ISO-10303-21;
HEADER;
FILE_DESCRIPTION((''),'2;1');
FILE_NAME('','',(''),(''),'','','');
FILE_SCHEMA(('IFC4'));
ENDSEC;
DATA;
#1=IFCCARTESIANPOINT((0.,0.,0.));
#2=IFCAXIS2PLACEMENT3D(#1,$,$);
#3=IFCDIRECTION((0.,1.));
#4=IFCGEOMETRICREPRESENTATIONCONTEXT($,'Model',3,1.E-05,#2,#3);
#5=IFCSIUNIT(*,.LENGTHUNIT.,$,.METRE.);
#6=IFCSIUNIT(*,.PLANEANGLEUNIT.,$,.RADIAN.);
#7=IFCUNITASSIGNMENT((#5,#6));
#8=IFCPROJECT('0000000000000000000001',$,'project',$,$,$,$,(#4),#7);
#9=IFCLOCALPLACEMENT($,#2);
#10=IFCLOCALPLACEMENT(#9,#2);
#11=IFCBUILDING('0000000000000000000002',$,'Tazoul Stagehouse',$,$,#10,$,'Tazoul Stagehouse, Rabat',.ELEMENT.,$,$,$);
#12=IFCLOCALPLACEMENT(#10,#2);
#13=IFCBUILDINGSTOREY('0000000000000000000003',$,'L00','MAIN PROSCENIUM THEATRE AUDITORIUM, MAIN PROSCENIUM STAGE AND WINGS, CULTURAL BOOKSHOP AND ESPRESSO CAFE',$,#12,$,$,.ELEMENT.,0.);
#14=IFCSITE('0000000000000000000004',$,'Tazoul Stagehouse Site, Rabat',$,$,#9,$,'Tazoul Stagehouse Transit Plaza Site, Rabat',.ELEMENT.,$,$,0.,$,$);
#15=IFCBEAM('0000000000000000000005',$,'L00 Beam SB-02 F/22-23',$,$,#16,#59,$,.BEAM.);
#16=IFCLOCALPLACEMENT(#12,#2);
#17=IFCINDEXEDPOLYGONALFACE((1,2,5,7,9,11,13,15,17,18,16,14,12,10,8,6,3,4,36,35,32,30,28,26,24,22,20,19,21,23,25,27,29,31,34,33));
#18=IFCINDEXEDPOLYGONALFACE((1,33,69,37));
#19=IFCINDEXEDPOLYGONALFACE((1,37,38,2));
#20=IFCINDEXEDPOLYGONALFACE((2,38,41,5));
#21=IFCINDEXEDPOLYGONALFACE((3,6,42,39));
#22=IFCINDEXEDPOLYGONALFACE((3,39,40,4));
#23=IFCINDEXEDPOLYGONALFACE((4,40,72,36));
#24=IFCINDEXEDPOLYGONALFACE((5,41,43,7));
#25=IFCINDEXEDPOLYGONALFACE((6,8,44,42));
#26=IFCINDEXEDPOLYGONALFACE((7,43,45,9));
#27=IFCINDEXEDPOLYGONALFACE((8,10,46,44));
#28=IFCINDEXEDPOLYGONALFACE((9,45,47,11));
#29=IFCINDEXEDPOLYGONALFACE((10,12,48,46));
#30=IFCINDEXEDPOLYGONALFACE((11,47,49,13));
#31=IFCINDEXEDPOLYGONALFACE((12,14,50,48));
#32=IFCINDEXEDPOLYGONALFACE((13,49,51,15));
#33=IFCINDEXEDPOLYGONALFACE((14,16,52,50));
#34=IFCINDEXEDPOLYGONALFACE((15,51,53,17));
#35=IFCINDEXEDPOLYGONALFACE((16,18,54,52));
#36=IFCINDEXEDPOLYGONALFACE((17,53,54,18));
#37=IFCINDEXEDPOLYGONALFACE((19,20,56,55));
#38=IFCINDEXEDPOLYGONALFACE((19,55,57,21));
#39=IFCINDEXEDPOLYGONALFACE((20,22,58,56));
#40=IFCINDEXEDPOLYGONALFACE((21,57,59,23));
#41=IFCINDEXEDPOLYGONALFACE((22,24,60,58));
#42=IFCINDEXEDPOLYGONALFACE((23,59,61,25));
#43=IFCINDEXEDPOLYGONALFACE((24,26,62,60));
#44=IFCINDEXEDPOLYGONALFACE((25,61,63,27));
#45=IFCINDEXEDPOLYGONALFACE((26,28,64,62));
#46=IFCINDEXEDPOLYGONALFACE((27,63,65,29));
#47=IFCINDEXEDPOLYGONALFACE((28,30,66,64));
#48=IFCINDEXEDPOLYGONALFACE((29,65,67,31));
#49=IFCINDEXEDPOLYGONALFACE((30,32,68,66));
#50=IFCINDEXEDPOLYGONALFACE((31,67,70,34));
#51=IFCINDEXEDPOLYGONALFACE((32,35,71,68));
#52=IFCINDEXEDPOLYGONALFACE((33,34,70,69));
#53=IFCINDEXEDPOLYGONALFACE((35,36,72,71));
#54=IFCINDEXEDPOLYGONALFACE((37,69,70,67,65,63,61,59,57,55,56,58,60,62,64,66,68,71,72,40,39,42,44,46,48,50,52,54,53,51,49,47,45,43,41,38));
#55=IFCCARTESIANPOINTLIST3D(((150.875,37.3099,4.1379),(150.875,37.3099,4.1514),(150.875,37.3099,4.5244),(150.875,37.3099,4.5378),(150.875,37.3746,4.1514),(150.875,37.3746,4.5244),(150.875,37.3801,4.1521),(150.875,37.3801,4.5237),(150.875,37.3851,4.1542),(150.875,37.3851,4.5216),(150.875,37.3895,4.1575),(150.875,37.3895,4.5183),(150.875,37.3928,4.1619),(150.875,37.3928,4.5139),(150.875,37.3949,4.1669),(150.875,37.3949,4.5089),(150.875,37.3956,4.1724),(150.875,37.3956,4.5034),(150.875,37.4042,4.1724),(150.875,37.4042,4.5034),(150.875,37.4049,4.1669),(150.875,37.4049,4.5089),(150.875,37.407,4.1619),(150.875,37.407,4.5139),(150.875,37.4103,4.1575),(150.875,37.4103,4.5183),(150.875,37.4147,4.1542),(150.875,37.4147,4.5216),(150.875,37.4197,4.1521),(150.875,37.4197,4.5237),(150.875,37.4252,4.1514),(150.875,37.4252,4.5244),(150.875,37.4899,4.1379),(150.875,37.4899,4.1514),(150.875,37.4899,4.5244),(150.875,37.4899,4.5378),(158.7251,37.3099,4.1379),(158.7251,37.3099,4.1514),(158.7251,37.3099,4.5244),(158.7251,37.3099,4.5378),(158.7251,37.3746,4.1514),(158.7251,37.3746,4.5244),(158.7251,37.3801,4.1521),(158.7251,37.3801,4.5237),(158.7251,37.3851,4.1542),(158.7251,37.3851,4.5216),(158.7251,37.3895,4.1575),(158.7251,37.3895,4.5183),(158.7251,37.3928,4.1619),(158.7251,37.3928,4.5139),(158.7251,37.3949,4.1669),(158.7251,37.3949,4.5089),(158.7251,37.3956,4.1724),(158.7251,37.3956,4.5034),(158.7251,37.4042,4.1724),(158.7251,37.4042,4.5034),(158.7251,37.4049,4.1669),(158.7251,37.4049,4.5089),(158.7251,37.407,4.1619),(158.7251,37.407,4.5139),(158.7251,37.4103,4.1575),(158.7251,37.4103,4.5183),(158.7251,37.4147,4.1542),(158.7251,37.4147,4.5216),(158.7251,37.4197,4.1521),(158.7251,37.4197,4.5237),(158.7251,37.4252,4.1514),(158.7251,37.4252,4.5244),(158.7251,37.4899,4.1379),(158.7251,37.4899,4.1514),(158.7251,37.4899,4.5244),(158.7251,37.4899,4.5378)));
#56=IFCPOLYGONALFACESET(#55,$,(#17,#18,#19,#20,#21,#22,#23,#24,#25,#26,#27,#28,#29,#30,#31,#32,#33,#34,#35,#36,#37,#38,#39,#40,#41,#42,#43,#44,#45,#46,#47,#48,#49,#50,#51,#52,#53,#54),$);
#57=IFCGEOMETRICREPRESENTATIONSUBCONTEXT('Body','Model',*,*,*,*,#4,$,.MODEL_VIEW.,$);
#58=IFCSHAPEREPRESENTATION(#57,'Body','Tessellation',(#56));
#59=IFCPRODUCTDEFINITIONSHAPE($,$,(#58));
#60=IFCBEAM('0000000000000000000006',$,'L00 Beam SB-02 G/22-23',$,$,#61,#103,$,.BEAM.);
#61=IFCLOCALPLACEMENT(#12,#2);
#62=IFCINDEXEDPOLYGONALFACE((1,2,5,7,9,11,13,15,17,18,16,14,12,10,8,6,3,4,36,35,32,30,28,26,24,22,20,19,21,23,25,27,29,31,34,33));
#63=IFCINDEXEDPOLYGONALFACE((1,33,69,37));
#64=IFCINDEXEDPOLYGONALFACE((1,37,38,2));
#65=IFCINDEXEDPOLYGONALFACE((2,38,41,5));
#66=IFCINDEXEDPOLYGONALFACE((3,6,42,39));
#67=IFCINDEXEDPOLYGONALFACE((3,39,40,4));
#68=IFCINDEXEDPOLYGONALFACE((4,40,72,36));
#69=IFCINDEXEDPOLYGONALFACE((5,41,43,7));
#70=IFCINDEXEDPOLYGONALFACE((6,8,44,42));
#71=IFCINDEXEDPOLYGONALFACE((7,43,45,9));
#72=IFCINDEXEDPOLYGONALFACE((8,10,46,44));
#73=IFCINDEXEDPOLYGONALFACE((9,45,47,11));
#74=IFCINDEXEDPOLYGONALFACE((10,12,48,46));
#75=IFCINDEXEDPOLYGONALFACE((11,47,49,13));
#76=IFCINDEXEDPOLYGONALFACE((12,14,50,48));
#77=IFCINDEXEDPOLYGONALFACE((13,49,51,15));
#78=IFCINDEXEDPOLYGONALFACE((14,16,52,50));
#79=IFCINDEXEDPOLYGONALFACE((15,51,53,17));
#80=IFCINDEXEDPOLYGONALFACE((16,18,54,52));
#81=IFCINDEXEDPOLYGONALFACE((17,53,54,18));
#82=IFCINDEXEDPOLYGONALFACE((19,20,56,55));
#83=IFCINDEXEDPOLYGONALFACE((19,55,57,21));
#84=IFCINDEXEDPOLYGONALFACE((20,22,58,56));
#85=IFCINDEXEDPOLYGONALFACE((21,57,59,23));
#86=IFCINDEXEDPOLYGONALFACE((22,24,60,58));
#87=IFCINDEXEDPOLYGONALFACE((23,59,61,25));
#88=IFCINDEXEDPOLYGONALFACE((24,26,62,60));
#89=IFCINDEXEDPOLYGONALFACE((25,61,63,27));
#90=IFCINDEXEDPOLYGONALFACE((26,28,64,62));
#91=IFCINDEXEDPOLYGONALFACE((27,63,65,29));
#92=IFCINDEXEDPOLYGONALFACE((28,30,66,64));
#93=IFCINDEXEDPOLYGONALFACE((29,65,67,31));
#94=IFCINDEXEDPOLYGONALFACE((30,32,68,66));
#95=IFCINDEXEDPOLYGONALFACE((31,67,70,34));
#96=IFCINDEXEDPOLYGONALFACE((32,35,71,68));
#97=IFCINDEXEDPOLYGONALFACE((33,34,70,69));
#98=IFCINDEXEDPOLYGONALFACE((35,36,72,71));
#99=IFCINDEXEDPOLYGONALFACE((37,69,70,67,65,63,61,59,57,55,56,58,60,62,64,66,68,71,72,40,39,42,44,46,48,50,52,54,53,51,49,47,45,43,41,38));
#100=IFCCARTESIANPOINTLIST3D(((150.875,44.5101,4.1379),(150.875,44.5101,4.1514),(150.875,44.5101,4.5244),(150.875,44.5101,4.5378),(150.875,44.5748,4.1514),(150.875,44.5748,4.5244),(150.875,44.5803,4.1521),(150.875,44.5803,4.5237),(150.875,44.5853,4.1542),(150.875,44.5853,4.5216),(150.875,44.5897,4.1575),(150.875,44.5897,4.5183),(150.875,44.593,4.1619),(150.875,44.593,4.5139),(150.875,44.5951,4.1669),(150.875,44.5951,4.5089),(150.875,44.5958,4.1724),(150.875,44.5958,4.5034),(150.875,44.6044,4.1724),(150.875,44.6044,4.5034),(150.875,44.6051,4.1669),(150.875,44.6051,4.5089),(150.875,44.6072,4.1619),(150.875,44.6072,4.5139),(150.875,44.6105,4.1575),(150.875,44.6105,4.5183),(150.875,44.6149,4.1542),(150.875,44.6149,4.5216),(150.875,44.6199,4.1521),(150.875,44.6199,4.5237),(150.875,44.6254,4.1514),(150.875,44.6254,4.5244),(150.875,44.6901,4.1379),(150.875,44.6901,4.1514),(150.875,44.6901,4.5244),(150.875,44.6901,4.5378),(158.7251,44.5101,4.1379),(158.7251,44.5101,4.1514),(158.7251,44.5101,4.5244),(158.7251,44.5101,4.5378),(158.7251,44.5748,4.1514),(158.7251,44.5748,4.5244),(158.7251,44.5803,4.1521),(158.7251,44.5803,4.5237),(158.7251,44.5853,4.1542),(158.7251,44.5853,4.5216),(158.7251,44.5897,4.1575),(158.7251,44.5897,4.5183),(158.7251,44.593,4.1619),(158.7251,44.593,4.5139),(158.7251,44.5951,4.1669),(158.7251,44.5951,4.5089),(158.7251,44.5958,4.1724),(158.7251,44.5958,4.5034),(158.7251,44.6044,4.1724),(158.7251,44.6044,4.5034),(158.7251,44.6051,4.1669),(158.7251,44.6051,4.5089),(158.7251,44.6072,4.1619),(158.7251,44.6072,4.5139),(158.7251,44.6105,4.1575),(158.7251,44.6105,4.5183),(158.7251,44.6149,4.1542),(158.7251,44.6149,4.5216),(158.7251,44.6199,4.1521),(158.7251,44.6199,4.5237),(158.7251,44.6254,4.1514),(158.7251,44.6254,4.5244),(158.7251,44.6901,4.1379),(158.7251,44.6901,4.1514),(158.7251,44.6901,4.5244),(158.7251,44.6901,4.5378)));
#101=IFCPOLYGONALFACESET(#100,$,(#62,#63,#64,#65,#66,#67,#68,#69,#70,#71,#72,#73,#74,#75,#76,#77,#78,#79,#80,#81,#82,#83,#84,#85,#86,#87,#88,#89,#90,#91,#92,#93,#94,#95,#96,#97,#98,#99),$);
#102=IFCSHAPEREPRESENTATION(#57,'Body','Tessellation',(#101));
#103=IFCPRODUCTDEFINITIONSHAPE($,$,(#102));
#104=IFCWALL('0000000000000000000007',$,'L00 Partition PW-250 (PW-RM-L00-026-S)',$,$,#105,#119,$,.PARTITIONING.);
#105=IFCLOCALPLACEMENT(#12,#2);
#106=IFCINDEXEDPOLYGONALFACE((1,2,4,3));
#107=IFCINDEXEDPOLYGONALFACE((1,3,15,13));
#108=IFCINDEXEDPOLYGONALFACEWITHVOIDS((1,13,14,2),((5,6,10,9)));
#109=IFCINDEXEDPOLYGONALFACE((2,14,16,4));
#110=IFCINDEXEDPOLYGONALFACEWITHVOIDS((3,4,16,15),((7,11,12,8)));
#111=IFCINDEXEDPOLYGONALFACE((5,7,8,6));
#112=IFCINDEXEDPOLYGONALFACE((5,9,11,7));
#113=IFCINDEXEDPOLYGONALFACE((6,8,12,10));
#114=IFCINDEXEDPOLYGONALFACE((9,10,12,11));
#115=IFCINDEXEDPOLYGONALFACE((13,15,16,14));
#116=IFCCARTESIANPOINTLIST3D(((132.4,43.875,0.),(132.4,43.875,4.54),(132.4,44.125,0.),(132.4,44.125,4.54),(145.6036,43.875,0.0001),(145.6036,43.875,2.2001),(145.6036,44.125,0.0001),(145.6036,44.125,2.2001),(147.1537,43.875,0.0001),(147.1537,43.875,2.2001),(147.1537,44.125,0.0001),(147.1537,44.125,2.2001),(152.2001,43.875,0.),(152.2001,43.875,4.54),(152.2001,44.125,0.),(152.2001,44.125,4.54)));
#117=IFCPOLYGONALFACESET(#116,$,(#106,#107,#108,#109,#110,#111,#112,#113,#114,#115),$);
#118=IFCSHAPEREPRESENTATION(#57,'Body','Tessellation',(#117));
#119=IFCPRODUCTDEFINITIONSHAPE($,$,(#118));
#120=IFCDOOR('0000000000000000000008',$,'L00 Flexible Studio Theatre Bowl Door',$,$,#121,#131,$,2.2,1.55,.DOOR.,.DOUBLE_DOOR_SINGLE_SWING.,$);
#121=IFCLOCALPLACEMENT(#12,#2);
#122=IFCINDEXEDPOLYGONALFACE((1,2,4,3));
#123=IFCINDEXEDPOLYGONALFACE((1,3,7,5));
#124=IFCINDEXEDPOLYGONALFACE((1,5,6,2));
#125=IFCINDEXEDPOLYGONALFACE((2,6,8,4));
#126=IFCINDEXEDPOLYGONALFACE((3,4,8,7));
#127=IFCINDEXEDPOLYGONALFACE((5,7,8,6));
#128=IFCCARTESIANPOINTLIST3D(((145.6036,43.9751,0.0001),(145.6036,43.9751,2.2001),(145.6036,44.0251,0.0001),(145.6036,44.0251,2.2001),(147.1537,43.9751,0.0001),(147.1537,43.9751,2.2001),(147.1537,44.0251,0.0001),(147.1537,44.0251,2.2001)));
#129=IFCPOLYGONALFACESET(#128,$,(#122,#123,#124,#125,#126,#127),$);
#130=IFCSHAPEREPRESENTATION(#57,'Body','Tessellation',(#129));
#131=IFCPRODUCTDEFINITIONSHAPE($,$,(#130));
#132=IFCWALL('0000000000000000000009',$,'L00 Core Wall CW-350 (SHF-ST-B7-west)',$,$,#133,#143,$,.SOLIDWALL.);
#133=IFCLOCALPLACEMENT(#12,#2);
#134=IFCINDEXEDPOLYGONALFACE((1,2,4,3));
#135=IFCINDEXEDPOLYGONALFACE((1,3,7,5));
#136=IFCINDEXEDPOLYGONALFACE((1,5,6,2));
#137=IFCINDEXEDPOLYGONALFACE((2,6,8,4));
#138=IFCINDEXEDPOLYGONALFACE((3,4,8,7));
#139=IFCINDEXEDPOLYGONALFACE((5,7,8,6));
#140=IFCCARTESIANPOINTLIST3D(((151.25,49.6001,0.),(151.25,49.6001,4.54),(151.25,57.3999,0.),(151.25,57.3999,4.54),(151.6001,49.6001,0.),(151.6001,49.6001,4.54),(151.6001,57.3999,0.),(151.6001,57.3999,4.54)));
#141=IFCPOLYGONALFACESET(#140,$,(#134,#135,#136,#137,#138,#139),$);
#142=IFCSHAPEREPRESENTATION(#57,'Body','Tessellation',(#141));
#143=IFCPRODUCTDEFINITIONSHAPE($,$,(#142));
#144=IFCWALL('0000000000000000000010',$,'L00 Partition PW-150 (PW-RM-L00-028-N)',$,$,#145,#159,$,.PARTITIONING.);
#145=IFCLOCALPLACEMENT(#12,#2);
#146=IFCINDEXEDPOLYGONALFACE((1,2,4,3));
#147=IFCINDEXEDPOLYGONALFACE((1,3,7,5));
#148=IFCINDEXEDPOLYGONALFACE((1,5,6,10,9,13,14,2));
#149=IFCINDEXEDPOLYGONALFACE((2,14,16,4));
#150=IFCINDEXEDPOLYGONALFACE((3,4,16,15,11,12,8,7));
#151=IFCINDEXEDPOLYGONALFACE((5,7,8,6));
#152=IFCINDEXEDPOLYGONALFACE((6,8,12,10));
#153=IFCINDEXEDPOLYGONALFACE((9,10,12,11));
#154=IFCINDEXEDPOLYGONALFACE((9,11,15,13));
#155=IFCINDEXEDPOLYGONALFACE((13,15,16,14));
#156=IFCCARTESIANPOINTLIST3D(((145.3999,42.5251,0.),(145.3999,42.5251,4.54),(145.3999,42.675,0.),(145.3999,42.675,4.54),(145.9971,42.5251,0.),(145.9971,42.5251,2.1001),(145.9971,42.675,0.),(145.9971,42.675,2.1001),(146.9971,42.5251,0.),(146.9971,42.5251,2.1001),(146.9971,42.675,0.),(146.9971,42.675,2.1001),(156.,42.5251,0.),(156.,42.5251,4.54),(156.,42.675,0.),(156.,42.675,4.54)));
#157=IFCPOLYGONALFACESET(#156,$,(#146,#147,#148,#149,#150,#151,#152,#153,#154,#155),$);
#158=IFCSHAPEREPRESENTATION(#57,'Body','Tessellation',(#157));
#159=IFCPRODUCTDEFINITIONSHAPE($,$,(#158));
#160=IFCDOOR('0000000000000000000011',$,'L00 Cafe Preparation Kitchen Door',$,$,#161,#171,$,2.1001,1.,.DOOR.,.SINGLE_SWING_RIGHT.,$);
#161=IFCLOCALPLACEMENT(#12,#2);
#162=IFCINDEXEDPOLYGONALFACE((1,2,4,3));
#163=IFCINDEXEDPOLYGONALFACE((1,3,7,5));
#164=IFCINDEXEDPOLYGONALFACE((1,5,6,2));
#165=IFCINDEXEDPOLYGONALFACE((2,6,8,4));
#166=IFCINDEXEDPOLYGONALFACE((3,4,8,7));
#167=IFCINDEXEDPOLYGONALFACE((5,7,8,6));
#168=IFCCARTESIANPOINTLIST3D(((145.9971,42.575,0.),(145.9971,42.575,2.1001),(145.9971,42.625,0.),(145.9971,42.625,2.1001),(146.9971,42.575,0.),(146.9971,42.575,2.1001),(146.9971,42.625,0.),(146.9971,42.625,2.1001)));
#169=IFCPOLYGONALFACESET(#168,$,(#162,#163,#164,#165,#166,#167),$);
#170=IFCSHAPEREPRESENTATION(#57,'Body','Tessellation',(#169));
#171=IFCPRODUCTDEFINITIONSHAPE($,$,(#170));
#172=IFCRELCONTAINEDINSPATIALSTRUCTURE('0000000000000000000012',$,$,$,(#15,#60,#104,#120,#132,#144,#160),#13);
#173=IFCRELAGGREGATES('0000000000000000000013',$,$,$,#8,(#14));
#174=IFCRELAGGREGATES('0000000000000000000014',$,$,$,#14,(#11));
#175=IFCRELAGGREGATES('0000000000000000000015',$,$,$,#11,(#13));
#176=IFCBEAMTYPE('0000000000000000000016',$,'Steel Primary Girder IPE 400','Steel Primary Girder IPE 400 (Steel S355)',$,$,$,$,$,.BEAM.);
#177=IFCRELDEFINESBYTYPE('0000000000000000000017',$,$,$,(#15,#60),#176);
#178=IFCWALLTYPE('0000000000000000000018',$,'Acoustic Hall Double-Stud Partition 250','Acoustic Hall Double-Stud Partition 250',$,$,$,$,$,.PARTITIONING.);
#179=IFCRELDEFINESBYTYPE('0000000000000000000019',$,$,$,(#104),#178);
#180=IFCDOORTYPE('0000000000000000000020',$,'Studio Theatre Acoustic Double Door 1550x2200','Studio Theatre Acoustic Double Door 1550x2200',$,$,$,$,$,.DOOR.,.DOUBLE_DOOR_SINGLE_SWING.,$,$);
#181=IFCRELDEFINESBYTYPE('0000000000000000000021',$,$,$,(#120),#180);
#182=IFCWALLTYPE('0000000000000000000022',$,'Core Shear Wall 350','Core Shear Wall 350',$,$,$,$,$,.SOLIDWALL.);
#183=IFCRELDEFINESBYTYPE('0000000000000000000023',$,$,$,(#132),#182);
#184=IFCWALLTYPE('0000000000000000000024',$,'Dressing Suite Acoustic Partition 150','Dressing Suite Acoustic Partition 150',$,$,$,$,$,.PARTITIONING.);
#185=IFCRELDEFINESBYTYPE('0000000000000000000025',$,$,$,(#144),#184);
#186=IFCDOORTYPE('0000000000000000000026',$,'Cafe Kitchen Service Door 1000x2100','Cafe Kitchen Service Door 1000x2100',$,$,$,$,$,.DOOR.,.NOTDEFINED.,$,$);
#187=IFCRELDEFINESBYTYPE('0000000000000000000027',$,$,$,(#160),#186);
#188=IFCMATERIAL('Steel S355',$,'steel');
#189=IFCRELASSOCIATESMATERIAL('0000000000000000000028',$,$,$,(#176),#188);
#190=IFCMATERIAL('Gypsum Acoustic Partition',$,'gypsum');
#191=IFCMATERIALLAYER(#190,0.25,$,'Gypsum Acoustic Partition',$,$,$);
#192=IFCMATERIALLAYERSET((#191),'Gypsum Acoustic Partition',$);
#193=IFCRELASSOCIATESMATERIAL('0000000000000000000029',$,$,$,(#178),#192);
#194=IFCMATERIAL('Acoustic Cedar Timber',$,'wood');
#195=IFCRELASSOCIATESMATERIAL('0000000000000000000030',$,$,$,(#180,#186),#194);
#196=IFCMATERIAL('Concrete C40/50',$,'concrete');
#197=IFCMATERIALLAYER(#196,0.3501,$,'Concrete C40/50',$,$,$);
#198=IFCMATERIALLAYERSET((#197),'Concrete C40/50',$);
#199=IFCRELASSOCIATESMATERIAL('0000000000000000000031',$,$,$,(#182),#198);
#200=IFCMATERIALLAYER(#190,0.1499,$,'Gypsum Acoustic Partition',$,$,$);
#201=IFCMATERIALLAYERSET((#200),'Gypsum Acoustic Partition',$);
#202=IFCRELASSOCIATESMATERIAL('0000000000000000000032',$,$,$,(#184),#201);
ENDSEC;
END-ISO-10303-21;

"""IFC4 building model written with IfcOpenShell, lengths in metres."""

from ifc_helpers import new_model, si_unit, direction, frame, frame_2d, origin, origin_2d, place, context, subcontext, project, spatial, rectangle, i_section, extrude, material, layer, layer_set, material_profile, profile_set, type_object, element, fill, save


model = new_model("IFC4")

# Units and contexts
model_context = context("Model", 3, precision=1e-05, world=origin(), true_north=direction((0.0, 1.0)))
body_context = subcontext(model_context, "Body", "Model", "MODEL_VIEW")
ifc_project = project(units=[si_unit("LENGTHUNIT", "METRE"), si_unit("PLANEANGLEUNIT", "RADIAN")], contexts=[model_context])

# Site, building, storey
site_placement = place(None, origin())
site = spatial("IfcSite", under=ifc_project, at=site_placement, Name="Tazoul Stagehouse Site, Rabat", LongName="Tazoul Stagehouse Transit Plaza Site, Rabat", CompositionType="ELEMENT", RefElevation=0.0)
building_placement = place(site_placement, origin())
building = spatial("IfcBuilding", under=site, at=building_placement, Name="Tazoul Stagehouse", LongName="Tazoul Stagehouse, Rabat", CompositionType="ELEMENT")
storey_placement = place(building_placement, origin())
storey = spatial("IfcBuildingStorey", under=building, at=storey_placement, Name="L00", Description="MAIN PROSCENIUM THEATRE AUDITORIUM, MAIN PROSCENIUM STAGE AND WINGS, CULTURAL BOOKSHOP AND ESPRESSO CAFE", CompositionType="ELEMENT", Elevation=0.0)

# Shared definitions
ifc_material_1 = material(Name="Concrete C40/50", Category="concrete")

# Beams
ifc_material_2 = material(Name="Steel S355", Category="steel")
ifc_material_profile_1 = material_profile(ifc_material_2, i_section(OverallWidth=0.1799, OverallDepth=0.3999, WebThickness=0.0085, FlangeThickness=0.0134, FilletRadius=0.021, at=origin_2d()), Name="IPE 400")
ifc_profile_set_1 = profile_set([ifc_material_profile_1], Name="Steel S355")
beam_type_1 = type_object("IfcBeamType", Name="Steel Primary Girder IPE 400", Description="Steel Primary Girder IPE 400 (Steel S355)", PredefinedType="BEAM", material=ifc_profile_set_1)
for number, where, z_axis, x_axis, name in (
    (1, (150.875, 37.3999, 4.3379), (1.0, 0.0, 0.0), (0.0, 1.0, 0.0), "L00 Beam SB-02 F/22-23"),
    (2, (150.875, 44.6001, 4.3379), (1.0, 0.0, 0.0), (0.0, 1.0, 0.0), "L00 Beam SB-02 G/22-23"),
):
    element("IfcBeam", number, at=place(storey_placement, frame(where, z_axis=z_axis, x_axis=x_axis)), inside=storey, type_object=beam_type_1, Name=name, PredefinedType="BEAM", context=body_context, shape_type="SweptSolid", body=[
        extrude(i_section(OverallWidth=0.1799, OverallDepth=0.3999, WebThickness=0.0085, FlangeThickness=0.0134, FilletRadius=0.021, at=origin_2d()), origin(), (0.0, 0.0, 1.0), 7.8501),
    ])

# Wall, opening, door
ifc_material_3 = material(Name="Gypsum Acoustic Partition", Category="gypsum")
ifc_layer_1 = layer(ifc_material_3, 0.25, Name="Gypsum Acoustic Partition")
ifc_layer_set_1 = layer_set([ifc_layer_1], Name="Gypsum Acoustic Partition")
wall_type_1 = type_object("IfcWallType", Name="Acoustic Hall Double-Stud Partition 250", Description="Acoustic Hall Double-Stud Partition 250", PredefinedType="PARTITIONING", material=ifc_layer_set_1)
wall_1_placement = place(storey_placement, frame((152.2, 44.0, 0.0), z_axis=(0.0, 0.0, 1.0), x_axis=(-1.0, 0.0, 0.0)))
wall_1 = element("IfcWall", 3, at=wall_1_placement, inside=storey, type_object=wall_type_1, Name="L00 Partition PW-250 (PW-RM-L00-026-S)", PredefinedType="PARTITIONING", context=body_context, shape_type="SweptSolid", body=[
    extrude(rectangle(XDim=19.8, YDim=0.25, at=frame_2d((9.8999, 0.0))), origin(), (0.0, 0.0, 1.0), 4.54),
])
opening_1_placement = place(wall_1_placement, frame((5.0464, 0.0, 0.0)))
opening_1 = element("IfcOpeningElement", 4, at=opening_1_placement, cuts=wall_1, PredefinedType="OPENING", context=body_context, shape_type="SweptSolid", body=[
    extrude(rectangle(XDim=1.55, YDim=2.2, at=frame_2d((0.7749, 1.1001))), frame((0.0, 0.145, 0.0), z_axis=(0.0, -1.0, 0.0), x_axis=(1.0, 0.0, 0.0)), (0.0, 0.0, 1.0), 0.29),
])
ifc_material_4 = material(Name="Acoustic Cedar Timber", Category="wood")
door_type_1 = type_object("IfcDoorType", Name="Studio Theatre Acoustic Double Door 1550x2200", Description="Studio Theatre Acoustic Double Door 1550x2200", OperationType="DOUBLE_DOOR_SINGLE_SWING", PredefinedType="DOOR", material=ifc_material_4)
door_1_placement = place(opening_1_placement, origin())
door_1 = element("IfcDoor", 5, at=door_1_placement, inside=storey, type_object=door_type_1, Name="L00 Flexible Studio Theatre Bowl Door", OperationType="DOUBLE_DOOR_SINGLE_SWING", OverallHeight=2.2, OverallWidth=1.55, PredefinedType="DOOR", context=body_context, shape_type="SweptSolid", body=[
    extrude(rectangle(XDim=1.55, YDim=2.2, at=frame_2d((0.7749, 1.1001))), frame((0.0, 0.0249, 0.0), z_axis=(0.0, -1.0, 0.0), x_axis=(1.0, 0.0, 0.0)), (0.0, 0.0, 1.0), 0.05),
])
fill(opening_1, door_1)
ifc_layer_2 = layer(ifc_material_1, 0.3501, Name="Concrete C40/50")
ifc_layer_set_2 = layer_set([ifc_layer_2], Name="Concrete C40/50")
wall_type_2 = type_object("IfcWallType", Name="Core Shear Wall 350", Description="Core Shear Wall 350", PredefinedType="SOLIDWALL", material=ifc_layer_set_2)

# Wall
wall_2_placement = place(storey_placement, frame((151.425, 49.6001, 0.0), z_axis=(0.0, 0.0, 1.0), x_axis=(0.0, 1.0, 0.0)))
element("IfcWall", 6, at=wall_2_placement, inside=storey, type_object=wall_type_2, Name="L00 Core Wall CW-350 (SHF-ST-B7-west)", PredefinedType="SOLIDWALL", context=body_context, shape_type="SweptSolid", body=[
    extrude(rectangle(XDim=7.7998, YDim=0.3501, at=frame_2d((3.8999, 0.0))), origin(), (0.0, 0.0, 1.0), 4.54),
])

# Wall, opening, door
ifc_layer_3 = layer(ifc_material_3, 0.1499, Name="Gypsum Acoustic Partition")
ifc_layer_set_3 = layer_set([ifc_layer_3], Name="Gypsum Acoustic Partition")
wall_type_3 = type_object("IfcWallType", Name="Dressing Suite Acoustic Partition 150", Description="Dressing Suite Acoustic Partition 150", PredefinedType="PARTITIONING", material=ifc_layer_set_3)
wall_3_placement = place(storey_placement, frame((145.3999, 42.6001, 0.0), z_axis=(0.0, 0.0, 1.0), x_axis=(1.0, 0.0, 0.0)))
wall_3 = element("IfcWall", 7, at=wall_3_placement, inside=storey, type_object=wall_type_3, Name="L00 Partition PW-150 (PW-RM-L00-028-N)", PredefinedType="PARTITIONING", context=body_context, shape_type="SweptSolid", body=[
    extrude(rectangle(XDim=10.6001, YDim=0.1499, at=frame_2d((5.3, 0.0))), origin(), (0.0, 0.0, 1.0), 4.54),
])
opening_2_placement = place(wall_3_placement, frame((0.5972, 0.0, 0.0)))
opening_2 = element("IfcOpeningElement", 8, at=opening_2_placement, cuts=wall_3, PredefinedType="OPENING", context=body_context, shape_type="SweptSolid", body=[
    extrude(rectangle(XDim=1.0, YDim=2.1001, at=frame_2d((0.5, 1.05))), frame((0.0, 0.095, 0.0), z_axis=(0.0, -1.0, 0.0), x_axis=(1.0, 0.0, 0.0)), (0.0, 0.0, 1.0), 0.1899),
])
door_type_2 = type_object("IfcDoorType", Name="Cafe Kitchen Service Door 1000x2100", Description="Cafe Kitchen Service Door 1000x2100", OperationType="NOTDEFINED", PredefinedType="DOOR", material=ifc_material_4)
door_2_placement = place(opening_2_placement, origin())
door_2 = element("IfcDoor", 9, at=door_2_placement, inside=storey, type_object=door_type_2, Name="L00 Cafe Preparation Kitchen Door", OperationType="SINGLE_SWING_RIGHT", OverallHeight=2.1001, OverallWidth=1.0, PredefinedType="DOOR", context=body_context, shape_type="SweptSolid", body=[
    extrude(rectangle(XDim=1.0, YDim=2.1001, at=frame_2d((0.5, 1.05))), frame((0.0, 0.0249, 0.0), z_axis=(0.0, -1.0, 0.0), x_axis=(1.0, 0.0, 0.0)), (0.0, 0.0, 1.0), 0.05),
])
fill(opening_2, door_2)

save(model, "model.ifc")
